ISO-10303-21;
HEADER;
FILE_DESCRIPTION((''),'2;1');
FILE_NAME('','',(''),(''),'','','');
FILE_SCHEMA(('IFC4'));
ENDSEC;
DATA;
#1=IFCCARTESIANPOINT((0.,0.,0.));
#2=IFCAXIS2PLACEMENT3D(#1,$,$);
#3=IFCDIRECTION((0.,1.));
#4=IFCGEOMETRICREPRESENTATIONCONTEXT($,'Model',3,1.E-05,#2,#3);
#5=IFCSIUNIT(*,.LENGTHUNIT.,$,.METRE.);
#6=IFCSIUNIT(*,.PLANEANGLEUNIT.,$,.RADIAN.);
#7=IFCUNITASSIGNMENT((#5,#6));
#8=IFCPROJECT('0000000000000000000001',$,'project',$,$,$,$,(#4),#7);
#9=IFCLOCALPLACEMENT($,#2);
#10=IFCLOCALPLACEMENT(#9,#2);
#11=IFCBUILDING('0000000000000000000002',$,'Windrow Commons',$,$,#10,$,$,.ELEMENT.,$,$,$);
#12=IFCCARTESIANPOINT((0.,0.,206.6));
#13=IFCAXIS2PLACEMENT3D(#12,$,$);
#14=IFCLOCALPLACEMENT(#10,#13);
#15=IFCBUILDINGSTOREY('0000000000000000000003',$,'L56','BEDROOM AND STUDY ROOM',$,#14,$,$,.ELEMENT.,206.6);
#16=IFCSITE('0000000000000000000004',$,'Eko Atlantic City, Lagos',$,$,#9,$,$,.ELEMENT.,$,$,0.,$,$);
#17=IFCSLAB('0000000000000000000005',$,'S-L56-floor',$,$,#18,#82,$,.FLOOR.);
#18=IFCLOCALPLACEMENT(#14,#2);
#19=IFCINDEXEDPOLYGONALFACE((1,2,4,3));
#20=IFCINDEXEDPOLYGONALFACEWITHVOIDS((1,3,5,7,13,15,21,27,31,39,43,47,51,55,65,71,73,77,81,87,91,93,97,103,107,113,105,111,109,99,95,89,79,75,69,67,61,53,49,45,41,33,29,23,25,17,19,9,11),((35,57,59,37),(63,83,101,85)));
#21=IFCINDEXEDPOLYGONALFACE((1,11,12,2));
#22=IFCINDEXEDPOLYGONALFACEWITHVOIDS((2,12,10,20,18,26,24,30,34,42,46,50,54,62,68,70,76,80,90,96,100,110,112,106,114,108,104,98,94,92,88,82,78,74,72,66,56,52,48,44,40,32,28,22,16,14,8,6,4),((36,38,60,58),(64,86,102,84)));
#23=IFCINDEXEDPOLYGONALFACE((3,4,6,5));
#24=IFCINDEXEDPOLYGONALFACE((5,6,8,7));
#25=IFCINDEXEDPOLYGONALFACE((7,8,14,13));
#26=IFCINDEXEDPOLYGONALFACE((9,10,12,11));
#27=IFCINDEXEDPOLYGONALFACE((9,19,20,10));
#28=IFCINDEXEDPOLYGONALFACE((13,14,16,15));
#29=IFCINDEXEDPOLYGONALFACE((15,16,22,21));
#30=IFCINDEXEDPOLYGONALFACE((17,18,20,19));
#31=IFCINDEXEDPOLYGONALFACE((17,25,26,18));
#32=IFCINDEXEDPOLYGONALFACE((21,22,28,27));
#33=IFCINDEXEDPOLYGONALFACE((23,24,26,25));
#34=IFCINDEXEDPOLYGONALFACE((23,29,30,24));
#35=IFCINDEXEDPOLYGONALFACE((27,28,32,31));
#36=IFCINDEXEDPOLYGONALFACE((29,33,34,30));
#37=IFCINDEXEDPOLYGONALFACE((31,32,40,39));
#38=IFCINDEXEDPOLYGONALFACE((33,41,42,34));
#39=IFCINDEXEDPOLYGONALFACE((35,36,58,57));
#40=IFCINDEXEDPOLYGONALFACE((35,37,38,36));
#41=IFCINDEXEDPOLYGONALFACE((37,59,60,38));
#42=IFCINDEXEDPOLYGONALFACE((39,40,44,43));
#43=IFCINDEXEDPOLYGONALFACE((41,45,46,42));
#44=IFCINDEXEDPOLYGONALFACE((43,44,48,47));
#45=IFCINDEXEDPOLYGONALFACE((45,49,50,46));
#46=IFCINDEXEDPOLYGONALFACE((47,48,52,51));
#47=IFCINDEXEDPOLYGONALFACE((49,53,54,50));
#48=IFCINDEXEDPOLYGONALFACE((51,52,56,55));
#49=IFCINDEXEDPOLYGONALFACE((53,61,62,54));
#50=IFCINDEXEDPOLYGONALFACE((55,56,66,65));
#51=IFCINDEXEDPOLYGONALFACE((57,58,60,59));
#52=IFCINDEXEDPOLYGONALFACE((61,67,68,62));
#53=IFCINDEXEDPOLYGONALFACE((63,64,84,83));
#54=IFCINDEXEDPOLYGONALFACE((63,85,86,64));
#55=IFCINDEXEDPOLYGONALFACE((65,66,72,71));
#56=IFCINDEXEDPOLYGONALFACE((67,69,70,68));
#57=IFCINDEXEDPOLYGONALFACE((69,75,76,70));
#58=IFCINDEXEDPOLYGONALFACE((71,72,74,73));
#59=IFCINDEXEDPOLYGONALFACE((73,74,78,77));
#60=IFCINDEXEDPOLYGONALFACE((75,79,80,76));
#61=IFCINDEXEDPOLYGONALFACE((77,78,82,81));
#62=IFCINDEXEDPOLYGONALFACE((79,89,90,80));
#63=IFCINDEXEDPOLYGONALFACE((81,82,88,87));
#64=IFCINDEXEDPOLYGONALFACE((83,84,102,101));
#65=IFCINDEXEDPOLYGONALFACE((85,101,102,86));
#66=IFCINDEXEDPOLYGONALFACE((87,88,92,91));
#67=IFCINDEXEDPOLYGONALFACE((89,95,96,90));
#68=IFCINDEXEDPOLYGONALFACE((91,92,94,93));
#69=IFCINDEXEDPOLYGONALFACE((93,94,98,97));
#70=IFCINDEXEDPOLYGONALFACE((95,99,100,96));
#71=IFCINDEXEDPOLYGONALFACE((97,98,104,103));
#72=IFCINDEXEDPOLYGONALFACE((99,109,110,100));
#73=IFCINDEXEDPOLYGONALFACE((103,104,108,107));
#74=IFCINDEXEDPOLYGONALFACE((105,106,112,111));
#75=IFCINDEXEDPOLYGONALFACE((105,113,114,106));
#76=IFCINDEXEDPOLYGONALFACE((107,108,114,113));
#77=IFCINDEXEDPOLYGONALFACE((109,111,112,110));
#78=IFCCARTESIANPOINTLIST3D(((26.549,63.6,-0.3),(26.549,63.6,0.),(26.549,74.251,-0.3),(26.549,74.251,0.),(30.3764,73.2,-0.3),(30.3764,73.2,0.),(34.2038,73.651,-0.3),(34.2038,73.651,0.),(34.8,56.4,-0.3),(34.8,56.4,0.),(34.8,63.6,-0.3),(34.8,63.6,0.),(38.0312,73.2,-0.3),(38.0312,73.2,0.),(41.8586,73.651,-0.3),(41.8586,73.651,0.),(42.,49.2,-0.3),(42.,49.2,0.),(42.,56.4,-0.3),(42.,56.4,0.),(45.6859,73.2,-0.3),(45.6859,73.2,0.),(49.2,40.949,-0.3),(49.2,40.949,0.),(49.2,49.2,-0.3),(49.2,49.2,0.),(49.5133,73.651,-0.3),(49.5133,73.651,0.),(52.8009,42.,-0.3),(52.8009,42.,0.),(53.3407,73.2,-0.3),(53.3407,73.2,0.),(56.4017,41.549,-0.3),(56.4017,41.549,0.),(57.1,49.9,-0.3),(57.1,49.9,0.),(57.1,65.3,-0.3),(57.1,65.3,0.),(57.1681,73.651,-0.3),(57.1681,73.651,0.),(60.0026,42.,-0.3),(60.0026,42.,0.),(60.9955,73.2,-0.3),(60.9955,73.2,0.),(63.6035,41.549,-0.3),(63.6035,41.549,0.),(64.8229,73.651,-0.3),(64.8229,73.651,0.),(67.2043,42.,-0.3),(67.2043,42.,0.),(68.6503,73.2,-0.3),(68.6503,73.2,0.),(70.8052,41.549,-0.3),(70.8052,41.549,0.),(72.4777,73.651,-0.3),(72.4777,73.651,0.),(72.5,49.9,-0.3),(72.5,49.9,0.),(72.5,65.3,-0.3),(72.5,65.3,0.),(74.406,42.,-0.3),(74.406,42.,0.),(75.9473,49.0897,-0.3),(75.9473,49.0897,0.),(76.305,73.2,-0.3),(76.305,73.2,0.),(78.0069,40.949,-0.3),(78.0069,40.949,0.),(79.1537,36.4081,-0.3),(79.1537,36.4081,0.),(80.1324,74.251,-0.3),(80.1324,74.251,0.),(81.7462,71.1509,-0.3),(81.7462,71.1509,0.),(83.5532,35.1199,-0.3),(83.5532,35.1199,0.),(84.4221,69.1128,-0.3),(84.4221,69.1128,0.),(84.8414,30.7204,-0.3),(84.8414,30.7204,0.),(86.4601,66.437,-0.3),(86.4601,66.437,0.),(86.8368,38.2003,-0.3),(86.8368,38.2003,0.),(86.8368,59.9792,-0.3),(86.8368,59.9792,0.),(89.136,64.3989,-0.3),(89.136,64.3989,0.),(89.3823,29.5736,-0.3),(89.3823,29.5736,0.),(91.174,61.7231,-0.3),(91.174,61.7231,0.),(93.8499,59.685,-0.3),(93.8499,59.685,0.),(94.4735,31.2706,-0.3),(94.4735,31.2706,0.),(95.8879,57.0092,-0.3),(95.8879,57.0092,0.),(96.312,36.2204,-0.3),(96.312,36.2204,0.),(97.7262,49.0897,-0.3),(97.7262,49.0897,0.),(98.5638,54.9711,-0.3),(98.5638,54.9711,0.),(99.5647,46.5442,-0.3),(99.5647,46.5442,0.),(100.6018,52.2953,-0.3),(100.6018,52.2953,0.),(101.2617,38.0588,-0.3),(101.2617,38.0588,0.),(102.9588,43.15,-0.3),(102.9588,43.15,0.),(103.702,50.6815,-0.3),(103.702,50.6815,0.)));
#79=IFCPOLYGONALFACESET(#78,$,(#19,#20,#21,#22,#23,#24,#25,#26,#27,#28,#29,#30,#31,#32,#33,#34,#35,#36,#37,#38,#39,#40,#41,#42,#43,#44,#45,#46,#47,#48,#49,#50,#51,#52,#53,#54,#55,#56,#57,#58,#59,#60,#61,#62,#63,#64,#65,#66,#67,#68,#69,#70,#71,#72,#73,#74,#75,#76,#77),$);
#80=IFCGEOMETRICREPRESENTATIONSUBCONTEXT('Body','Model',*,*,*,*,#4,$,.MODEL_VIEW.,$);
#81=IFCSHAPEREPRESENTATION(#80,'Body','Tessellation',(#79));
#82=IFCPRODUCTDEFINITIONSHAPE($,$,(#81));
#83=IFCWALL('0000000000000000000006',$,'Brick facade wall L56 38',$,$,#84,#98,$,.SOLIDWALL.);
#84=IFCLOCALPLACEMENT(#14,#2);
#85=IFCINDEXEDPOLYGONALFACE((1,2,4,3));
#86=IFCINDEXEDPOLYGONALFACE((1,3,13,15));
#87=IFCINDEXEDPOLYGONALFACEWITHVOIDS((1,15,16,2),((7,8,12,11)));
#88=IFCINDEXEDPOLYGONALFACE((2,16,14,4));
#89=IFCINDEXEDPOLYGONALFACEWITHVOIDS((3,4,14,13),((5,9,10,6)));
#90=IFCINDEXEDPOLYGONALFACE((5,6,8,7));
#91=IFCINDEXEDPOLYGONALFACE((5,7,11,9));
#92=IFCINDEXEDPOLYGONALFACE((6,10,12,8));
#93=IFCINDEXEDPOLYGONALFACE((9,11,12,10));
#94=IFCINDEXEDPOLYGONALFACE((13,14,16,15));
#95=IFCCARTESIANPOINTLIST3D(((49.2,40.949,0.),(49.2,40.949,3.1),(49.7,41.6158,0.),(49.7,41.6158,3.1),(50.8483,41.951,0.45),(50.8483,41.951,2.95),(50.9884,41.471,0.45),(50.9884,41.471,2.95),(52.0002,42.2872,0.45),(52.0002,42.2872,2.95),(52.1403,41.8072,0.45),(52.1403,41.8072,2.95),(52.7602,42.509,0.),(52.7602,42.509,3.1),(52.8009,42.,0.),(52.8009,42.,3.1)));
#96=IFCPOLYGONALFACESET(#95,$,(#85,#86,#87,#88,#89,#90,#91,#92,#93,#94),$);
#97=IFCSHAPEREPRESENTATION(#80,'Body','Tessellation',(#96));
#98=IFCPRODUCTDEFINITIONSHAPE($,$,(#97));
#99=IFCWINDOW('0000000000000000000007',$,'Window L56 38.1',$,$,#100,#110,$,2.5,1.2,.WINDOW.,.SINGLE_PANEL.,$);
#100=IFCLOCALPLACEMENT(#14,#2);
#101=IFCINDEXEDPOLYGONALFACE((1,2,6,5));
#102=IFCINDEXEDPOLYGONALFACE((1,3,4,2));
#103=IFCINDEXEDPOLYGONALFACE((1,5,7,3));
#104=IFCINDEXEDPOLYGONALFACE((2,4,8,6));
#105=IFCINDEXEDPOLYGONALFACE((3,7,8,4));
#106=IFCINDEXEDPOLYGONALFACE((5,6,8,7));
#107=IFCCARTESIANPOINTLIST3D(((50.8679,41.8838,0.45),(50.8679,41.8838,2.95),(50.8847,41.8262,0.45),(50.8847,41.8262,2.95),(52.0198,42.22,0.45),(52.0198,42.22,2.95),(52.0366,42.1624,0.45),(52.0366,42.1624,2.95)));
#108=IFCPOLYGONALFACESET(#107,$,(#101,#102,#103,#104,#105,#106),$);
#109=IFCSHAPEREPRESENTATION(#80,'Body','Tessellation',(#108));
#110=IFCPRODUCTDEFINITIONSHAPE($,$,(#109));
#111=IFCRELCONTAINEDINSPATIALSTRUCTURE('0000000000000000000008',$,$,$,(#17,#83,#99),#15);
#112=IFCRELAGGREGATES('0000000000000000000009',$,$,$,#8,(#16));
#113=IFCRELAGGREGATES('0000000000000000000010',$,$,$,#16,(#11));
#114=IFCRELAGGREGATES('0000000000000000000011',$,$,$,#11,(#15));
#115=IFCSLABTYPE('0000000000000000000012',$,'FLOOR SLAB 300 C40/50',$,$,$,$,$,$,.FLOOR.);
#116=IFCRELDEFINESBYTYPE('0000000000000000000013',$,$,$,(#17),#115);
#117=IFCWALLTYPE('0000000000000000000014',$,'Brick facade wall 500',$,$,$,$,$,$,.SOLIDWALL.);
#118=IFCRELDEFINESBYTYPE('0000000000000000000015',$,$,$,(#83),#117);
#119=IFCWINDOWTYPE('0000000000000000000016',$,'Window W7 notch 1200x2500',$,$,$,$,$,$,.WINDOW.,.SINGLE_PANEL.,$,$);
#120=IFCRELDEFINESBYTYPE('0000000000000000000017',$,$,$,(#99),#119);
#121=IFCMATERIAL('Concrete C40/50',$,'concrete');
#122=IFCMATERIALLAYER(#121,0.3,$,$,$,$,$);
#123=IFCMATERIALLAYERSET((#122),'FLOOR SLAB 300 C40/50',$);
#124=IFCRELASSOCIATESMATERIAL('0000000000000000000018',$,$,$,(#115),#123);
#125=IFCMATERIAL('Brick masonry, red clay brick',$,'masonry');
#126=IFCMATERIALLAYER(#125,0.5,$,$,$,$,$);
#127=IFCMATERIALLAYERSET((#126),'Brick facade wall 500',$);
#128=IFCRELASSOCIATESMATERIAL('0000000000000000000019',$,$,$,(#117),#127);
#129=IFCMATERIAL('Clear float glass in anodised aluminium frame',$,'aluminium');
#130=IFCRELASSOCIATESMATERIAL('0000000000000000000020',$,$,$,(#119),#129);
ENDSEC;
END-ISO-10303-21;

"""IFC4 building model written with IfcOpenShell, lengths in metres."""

from ifc_helpers import new_model, si_unit, direction, frame, frame_2d, origin, place, context, subcontext, project, spatial, polyline, rectangle, outline, extrude, material, layer, layer_set, type_object, element, fill, save


model = new_model("IFC4")

# Units and contexts
model_context = context("Model", 3, precision=1e-05, world=origin(), true_north=direction((0.0, 1.0)))
body_context = subcontext(model_context, "Body", "Model", "MODEL_VIEW")
ifc_project = project(units=[si_unit("LENGTHUNIT", "METRE"), si_unit("PLANEANGLEUNIT", "RADIAN")], contexts=[model_context])

# Site, building, storey
site_placement = place(None, origin())
site = spatial("IfcSite", under=ifc_project, at=site_placement, Name="Eko Atlantic City, Lagos", CompositionType="ELEMENT", RefElevation=0.0)
building_placement = place(site_placement, origin())
building = spatial("IfcBuilding", under=site, at=building_placement, Name="Windrow Commons", CompositionType="ELEMENT")
storey_placement = place(building_placement, frame((0.0, 0.0, 206.6)))
storey = spatial("IfcBuildingStorey", under=building, at=storey_placement, Name="L56", Description="BEDROOM AND STUDY ROOM", CompositionType="ELEMENT", Elevation=206.6)

# Shared definitions
placement_1 = place(storey_placement, frame((0.0, 0.0, -0.3)))

# Slab, openings
ifc_material_1 = material(Name="Concrete C40/50", Category="concrete")
ifc_layer_1 = layer(ifc_material_1, 0.3)
ifc_layer_set_1 = layer_set([ifc_layer_1], Name="FLOOR SLAB 300 C40/50")
slab_type_1 = type_object("IfcSlabType", Name="FLOOR SLAB 300 C40/50", PredefinedType="FLOOR", material=ifc_layer_set_1)
slab_1 = element("IfcSlab", 1, at=placement_1, inside=storey, type_object=slab_type_1, Name="S-L56-floor", PredefinedType="FLOOR", context=body_context, shape_type="SweptSolid", body=[
    extrude(outline(polyline([(84.8414, 30.7204), (89.3823, 29.5736), (94.4735, 31.2706), (96.312, 36.2204), (101.2617, 38.0588), (102.9588, 43.15), (99.5647, 46.5442), (103.702, 50.6815), (100.6018, 52.2953), (98.5638, 54.9711), (95.8879, 57.0092), (93.8499, 59.685), (91.174, 61.7231), (89.136, 64.3989), (86.4601, 66.437), (84.4221, 69.1128), (81.7462, 71.1509), (80.1324, 74.251), (76.305, 73.2), (72.4777, 73.651), (68.6503, 73.2), (64.8229, 73.651), (60.9955, 73.2), (57.1681, 73.651), (53.3407, 73.2), (49.5133, 73.651), (45.6859, 73.2), (41.8586, 73.651), (38.0312, 73.2), (34.2038, 73.651), (30.3764, 73.2), (26.549, 74.251), (26.549, 63.6), (34.8, 63.6), (34.8, 56.4), (42.0, 56.4), (42.0, 49.2), (49.2, 49.2), (49.2, 40.949), (52.8009, 42.0), (56.4017, 41.549), (60.0026, 42.0), (63.6035, 41.549), (67.2043, 42.0), (70.8052, 41.549), (74.406, 42.0), (78.0069, 40.949), (79.1537, 36.4081), (83.5532, 35.1199), (84.8414, 30.7204)]), holes=[polyline([(75.9473, 49.0897), (86.8368, 59.9792), (97.7262, 49.0897), (86.8368, 38.2003), (75.9473, 49.0897)]), polyline([(57.1, 49.9), (57.1, 65.3), (72.5, 65.3), (72.5, 49.9), (57.1, 49.9)])]), origin(), (0.0, 0.0, 1.0), 0.3),
])
opening_1_placement = place(placement_1, origin())
element("IfcOpeningElement", 2, at=opening_1_placement, cuts=slab_1, PredefinedType="OPENING", context=body_context, shape_type="SweptSolid", body=[
    extrude(outline(polyline([(75.9544, 49.0897), (86.8368, 59.9721), (97.7191, 49.0897), (86.8368, 38.2074), (75.9544, 49.0897)])), origin(), (0.0, 0.0, 1.0), 0.3),
])
opening_2_placement = place(placement_1, origin())
element("IfcOpeningElement", 3, at=opening_2_placement, cuts=slab_1, PredefinedType="OPENING", context=body_context, shape_type="SweptSolid", body=[
    extrude(outline(polyline([(57.105, 49.905), (57.105, 65.295), (72.495, 65.295), (72.495, 49.905), (57.105, 49.905)])), origin(), (0.0, 0.0, 1.0), 0.3),
])

# Wall, opening, window
ifc_material_2 = material(Name="Brick masonry, red clay brick", Category="masonry")
ifc_layer_2 = layer(ifc_material_2, 0.5)
ifc_layer_set_2 = layer_set([ifc_layer_2], Name="Brick facade wall 500")
wall_type = type_object("IfcWallType", Name="Brick facade wall 500", PredefinedType="SOLIDWALL", material=ifc_layer_set_2)
wall_placement = place(storey_placement, frame((49.45, 41.2824, 0.0), z_axis=(0.0, 0.0, 1.0), x_axis=(0.959945, 0.280187, 0.0)))
wall = element("IfcWall", 4, at=wall_placement, inside=storey, type_object=wall_type, Name="Brick facade wall L56 38", PredefinedType="SOLIDWALL", context=body_context, shape_type="SweptSolid", body=[
    extrude(outline(polyline([(-0.3334, -0.25), (3.4177, -0.25), (3.5213, 0.25), (0.3334, 0.25), (-0.3334, -0.25)])), origin(), (0.0, 0.0, 1.0), 3.1),
])
opening_3_placement = place(wall_placement, frame((1.5296, 0.0, 0.45)))
opening_3 = element("IfcOpeningElement", 5, at=opening_3_placement, cuts=wall, PredefinedType="OPENING", context=body_context, shape_type="SweptSolid", body=[
    extrude(rectangle(XDim=1.2, YDim=2.5, at=frame_2d((0.6, 1.25))), frame((0.0, 0.26, 0.0), z_axis=(0.0, -1.0, 0.0), x_axis=(1.0, 0.0, 0.0)), (0.0, 0.0, 1.0), 0.52),
])
ifc_material_3 = material(Name="Clear float glass in anodised aluminium frame", Category="aluminium")
window_type = type_object("IfcWindowType", Name="Window W7 notch 1200x2500", PartitioningType="SINGLE_PANEL", PredefinedType="WINDOW", material=ifc_material_3)
window_placement = place(opening_3_placement, origin())
window = element("IfcWindow", 6, at=window_placement, inside=storey, type_object=window_type, Name="Window L56 38.1", OverallHeight=2.5, OverallWidth=1.2, PartitioningType="SINGLE_PANEL", PredefinedType="WINDOW", context=body_context, shape_type="SweptSolid", body=[
    extrude(rectangle(XDim=1.2, YDim=2.5, at=frame_2d((0.6, 1.25))), frame((0.0, 0.18, 0.0), z_axis=(0.0, -1.0, 0.0), x_axis=(1.0, 0.0, 0.0)), (0.0, 0.0, 1.0), 0.06),
])
fill(opening_3, window)

save(model, "model.ifc")
